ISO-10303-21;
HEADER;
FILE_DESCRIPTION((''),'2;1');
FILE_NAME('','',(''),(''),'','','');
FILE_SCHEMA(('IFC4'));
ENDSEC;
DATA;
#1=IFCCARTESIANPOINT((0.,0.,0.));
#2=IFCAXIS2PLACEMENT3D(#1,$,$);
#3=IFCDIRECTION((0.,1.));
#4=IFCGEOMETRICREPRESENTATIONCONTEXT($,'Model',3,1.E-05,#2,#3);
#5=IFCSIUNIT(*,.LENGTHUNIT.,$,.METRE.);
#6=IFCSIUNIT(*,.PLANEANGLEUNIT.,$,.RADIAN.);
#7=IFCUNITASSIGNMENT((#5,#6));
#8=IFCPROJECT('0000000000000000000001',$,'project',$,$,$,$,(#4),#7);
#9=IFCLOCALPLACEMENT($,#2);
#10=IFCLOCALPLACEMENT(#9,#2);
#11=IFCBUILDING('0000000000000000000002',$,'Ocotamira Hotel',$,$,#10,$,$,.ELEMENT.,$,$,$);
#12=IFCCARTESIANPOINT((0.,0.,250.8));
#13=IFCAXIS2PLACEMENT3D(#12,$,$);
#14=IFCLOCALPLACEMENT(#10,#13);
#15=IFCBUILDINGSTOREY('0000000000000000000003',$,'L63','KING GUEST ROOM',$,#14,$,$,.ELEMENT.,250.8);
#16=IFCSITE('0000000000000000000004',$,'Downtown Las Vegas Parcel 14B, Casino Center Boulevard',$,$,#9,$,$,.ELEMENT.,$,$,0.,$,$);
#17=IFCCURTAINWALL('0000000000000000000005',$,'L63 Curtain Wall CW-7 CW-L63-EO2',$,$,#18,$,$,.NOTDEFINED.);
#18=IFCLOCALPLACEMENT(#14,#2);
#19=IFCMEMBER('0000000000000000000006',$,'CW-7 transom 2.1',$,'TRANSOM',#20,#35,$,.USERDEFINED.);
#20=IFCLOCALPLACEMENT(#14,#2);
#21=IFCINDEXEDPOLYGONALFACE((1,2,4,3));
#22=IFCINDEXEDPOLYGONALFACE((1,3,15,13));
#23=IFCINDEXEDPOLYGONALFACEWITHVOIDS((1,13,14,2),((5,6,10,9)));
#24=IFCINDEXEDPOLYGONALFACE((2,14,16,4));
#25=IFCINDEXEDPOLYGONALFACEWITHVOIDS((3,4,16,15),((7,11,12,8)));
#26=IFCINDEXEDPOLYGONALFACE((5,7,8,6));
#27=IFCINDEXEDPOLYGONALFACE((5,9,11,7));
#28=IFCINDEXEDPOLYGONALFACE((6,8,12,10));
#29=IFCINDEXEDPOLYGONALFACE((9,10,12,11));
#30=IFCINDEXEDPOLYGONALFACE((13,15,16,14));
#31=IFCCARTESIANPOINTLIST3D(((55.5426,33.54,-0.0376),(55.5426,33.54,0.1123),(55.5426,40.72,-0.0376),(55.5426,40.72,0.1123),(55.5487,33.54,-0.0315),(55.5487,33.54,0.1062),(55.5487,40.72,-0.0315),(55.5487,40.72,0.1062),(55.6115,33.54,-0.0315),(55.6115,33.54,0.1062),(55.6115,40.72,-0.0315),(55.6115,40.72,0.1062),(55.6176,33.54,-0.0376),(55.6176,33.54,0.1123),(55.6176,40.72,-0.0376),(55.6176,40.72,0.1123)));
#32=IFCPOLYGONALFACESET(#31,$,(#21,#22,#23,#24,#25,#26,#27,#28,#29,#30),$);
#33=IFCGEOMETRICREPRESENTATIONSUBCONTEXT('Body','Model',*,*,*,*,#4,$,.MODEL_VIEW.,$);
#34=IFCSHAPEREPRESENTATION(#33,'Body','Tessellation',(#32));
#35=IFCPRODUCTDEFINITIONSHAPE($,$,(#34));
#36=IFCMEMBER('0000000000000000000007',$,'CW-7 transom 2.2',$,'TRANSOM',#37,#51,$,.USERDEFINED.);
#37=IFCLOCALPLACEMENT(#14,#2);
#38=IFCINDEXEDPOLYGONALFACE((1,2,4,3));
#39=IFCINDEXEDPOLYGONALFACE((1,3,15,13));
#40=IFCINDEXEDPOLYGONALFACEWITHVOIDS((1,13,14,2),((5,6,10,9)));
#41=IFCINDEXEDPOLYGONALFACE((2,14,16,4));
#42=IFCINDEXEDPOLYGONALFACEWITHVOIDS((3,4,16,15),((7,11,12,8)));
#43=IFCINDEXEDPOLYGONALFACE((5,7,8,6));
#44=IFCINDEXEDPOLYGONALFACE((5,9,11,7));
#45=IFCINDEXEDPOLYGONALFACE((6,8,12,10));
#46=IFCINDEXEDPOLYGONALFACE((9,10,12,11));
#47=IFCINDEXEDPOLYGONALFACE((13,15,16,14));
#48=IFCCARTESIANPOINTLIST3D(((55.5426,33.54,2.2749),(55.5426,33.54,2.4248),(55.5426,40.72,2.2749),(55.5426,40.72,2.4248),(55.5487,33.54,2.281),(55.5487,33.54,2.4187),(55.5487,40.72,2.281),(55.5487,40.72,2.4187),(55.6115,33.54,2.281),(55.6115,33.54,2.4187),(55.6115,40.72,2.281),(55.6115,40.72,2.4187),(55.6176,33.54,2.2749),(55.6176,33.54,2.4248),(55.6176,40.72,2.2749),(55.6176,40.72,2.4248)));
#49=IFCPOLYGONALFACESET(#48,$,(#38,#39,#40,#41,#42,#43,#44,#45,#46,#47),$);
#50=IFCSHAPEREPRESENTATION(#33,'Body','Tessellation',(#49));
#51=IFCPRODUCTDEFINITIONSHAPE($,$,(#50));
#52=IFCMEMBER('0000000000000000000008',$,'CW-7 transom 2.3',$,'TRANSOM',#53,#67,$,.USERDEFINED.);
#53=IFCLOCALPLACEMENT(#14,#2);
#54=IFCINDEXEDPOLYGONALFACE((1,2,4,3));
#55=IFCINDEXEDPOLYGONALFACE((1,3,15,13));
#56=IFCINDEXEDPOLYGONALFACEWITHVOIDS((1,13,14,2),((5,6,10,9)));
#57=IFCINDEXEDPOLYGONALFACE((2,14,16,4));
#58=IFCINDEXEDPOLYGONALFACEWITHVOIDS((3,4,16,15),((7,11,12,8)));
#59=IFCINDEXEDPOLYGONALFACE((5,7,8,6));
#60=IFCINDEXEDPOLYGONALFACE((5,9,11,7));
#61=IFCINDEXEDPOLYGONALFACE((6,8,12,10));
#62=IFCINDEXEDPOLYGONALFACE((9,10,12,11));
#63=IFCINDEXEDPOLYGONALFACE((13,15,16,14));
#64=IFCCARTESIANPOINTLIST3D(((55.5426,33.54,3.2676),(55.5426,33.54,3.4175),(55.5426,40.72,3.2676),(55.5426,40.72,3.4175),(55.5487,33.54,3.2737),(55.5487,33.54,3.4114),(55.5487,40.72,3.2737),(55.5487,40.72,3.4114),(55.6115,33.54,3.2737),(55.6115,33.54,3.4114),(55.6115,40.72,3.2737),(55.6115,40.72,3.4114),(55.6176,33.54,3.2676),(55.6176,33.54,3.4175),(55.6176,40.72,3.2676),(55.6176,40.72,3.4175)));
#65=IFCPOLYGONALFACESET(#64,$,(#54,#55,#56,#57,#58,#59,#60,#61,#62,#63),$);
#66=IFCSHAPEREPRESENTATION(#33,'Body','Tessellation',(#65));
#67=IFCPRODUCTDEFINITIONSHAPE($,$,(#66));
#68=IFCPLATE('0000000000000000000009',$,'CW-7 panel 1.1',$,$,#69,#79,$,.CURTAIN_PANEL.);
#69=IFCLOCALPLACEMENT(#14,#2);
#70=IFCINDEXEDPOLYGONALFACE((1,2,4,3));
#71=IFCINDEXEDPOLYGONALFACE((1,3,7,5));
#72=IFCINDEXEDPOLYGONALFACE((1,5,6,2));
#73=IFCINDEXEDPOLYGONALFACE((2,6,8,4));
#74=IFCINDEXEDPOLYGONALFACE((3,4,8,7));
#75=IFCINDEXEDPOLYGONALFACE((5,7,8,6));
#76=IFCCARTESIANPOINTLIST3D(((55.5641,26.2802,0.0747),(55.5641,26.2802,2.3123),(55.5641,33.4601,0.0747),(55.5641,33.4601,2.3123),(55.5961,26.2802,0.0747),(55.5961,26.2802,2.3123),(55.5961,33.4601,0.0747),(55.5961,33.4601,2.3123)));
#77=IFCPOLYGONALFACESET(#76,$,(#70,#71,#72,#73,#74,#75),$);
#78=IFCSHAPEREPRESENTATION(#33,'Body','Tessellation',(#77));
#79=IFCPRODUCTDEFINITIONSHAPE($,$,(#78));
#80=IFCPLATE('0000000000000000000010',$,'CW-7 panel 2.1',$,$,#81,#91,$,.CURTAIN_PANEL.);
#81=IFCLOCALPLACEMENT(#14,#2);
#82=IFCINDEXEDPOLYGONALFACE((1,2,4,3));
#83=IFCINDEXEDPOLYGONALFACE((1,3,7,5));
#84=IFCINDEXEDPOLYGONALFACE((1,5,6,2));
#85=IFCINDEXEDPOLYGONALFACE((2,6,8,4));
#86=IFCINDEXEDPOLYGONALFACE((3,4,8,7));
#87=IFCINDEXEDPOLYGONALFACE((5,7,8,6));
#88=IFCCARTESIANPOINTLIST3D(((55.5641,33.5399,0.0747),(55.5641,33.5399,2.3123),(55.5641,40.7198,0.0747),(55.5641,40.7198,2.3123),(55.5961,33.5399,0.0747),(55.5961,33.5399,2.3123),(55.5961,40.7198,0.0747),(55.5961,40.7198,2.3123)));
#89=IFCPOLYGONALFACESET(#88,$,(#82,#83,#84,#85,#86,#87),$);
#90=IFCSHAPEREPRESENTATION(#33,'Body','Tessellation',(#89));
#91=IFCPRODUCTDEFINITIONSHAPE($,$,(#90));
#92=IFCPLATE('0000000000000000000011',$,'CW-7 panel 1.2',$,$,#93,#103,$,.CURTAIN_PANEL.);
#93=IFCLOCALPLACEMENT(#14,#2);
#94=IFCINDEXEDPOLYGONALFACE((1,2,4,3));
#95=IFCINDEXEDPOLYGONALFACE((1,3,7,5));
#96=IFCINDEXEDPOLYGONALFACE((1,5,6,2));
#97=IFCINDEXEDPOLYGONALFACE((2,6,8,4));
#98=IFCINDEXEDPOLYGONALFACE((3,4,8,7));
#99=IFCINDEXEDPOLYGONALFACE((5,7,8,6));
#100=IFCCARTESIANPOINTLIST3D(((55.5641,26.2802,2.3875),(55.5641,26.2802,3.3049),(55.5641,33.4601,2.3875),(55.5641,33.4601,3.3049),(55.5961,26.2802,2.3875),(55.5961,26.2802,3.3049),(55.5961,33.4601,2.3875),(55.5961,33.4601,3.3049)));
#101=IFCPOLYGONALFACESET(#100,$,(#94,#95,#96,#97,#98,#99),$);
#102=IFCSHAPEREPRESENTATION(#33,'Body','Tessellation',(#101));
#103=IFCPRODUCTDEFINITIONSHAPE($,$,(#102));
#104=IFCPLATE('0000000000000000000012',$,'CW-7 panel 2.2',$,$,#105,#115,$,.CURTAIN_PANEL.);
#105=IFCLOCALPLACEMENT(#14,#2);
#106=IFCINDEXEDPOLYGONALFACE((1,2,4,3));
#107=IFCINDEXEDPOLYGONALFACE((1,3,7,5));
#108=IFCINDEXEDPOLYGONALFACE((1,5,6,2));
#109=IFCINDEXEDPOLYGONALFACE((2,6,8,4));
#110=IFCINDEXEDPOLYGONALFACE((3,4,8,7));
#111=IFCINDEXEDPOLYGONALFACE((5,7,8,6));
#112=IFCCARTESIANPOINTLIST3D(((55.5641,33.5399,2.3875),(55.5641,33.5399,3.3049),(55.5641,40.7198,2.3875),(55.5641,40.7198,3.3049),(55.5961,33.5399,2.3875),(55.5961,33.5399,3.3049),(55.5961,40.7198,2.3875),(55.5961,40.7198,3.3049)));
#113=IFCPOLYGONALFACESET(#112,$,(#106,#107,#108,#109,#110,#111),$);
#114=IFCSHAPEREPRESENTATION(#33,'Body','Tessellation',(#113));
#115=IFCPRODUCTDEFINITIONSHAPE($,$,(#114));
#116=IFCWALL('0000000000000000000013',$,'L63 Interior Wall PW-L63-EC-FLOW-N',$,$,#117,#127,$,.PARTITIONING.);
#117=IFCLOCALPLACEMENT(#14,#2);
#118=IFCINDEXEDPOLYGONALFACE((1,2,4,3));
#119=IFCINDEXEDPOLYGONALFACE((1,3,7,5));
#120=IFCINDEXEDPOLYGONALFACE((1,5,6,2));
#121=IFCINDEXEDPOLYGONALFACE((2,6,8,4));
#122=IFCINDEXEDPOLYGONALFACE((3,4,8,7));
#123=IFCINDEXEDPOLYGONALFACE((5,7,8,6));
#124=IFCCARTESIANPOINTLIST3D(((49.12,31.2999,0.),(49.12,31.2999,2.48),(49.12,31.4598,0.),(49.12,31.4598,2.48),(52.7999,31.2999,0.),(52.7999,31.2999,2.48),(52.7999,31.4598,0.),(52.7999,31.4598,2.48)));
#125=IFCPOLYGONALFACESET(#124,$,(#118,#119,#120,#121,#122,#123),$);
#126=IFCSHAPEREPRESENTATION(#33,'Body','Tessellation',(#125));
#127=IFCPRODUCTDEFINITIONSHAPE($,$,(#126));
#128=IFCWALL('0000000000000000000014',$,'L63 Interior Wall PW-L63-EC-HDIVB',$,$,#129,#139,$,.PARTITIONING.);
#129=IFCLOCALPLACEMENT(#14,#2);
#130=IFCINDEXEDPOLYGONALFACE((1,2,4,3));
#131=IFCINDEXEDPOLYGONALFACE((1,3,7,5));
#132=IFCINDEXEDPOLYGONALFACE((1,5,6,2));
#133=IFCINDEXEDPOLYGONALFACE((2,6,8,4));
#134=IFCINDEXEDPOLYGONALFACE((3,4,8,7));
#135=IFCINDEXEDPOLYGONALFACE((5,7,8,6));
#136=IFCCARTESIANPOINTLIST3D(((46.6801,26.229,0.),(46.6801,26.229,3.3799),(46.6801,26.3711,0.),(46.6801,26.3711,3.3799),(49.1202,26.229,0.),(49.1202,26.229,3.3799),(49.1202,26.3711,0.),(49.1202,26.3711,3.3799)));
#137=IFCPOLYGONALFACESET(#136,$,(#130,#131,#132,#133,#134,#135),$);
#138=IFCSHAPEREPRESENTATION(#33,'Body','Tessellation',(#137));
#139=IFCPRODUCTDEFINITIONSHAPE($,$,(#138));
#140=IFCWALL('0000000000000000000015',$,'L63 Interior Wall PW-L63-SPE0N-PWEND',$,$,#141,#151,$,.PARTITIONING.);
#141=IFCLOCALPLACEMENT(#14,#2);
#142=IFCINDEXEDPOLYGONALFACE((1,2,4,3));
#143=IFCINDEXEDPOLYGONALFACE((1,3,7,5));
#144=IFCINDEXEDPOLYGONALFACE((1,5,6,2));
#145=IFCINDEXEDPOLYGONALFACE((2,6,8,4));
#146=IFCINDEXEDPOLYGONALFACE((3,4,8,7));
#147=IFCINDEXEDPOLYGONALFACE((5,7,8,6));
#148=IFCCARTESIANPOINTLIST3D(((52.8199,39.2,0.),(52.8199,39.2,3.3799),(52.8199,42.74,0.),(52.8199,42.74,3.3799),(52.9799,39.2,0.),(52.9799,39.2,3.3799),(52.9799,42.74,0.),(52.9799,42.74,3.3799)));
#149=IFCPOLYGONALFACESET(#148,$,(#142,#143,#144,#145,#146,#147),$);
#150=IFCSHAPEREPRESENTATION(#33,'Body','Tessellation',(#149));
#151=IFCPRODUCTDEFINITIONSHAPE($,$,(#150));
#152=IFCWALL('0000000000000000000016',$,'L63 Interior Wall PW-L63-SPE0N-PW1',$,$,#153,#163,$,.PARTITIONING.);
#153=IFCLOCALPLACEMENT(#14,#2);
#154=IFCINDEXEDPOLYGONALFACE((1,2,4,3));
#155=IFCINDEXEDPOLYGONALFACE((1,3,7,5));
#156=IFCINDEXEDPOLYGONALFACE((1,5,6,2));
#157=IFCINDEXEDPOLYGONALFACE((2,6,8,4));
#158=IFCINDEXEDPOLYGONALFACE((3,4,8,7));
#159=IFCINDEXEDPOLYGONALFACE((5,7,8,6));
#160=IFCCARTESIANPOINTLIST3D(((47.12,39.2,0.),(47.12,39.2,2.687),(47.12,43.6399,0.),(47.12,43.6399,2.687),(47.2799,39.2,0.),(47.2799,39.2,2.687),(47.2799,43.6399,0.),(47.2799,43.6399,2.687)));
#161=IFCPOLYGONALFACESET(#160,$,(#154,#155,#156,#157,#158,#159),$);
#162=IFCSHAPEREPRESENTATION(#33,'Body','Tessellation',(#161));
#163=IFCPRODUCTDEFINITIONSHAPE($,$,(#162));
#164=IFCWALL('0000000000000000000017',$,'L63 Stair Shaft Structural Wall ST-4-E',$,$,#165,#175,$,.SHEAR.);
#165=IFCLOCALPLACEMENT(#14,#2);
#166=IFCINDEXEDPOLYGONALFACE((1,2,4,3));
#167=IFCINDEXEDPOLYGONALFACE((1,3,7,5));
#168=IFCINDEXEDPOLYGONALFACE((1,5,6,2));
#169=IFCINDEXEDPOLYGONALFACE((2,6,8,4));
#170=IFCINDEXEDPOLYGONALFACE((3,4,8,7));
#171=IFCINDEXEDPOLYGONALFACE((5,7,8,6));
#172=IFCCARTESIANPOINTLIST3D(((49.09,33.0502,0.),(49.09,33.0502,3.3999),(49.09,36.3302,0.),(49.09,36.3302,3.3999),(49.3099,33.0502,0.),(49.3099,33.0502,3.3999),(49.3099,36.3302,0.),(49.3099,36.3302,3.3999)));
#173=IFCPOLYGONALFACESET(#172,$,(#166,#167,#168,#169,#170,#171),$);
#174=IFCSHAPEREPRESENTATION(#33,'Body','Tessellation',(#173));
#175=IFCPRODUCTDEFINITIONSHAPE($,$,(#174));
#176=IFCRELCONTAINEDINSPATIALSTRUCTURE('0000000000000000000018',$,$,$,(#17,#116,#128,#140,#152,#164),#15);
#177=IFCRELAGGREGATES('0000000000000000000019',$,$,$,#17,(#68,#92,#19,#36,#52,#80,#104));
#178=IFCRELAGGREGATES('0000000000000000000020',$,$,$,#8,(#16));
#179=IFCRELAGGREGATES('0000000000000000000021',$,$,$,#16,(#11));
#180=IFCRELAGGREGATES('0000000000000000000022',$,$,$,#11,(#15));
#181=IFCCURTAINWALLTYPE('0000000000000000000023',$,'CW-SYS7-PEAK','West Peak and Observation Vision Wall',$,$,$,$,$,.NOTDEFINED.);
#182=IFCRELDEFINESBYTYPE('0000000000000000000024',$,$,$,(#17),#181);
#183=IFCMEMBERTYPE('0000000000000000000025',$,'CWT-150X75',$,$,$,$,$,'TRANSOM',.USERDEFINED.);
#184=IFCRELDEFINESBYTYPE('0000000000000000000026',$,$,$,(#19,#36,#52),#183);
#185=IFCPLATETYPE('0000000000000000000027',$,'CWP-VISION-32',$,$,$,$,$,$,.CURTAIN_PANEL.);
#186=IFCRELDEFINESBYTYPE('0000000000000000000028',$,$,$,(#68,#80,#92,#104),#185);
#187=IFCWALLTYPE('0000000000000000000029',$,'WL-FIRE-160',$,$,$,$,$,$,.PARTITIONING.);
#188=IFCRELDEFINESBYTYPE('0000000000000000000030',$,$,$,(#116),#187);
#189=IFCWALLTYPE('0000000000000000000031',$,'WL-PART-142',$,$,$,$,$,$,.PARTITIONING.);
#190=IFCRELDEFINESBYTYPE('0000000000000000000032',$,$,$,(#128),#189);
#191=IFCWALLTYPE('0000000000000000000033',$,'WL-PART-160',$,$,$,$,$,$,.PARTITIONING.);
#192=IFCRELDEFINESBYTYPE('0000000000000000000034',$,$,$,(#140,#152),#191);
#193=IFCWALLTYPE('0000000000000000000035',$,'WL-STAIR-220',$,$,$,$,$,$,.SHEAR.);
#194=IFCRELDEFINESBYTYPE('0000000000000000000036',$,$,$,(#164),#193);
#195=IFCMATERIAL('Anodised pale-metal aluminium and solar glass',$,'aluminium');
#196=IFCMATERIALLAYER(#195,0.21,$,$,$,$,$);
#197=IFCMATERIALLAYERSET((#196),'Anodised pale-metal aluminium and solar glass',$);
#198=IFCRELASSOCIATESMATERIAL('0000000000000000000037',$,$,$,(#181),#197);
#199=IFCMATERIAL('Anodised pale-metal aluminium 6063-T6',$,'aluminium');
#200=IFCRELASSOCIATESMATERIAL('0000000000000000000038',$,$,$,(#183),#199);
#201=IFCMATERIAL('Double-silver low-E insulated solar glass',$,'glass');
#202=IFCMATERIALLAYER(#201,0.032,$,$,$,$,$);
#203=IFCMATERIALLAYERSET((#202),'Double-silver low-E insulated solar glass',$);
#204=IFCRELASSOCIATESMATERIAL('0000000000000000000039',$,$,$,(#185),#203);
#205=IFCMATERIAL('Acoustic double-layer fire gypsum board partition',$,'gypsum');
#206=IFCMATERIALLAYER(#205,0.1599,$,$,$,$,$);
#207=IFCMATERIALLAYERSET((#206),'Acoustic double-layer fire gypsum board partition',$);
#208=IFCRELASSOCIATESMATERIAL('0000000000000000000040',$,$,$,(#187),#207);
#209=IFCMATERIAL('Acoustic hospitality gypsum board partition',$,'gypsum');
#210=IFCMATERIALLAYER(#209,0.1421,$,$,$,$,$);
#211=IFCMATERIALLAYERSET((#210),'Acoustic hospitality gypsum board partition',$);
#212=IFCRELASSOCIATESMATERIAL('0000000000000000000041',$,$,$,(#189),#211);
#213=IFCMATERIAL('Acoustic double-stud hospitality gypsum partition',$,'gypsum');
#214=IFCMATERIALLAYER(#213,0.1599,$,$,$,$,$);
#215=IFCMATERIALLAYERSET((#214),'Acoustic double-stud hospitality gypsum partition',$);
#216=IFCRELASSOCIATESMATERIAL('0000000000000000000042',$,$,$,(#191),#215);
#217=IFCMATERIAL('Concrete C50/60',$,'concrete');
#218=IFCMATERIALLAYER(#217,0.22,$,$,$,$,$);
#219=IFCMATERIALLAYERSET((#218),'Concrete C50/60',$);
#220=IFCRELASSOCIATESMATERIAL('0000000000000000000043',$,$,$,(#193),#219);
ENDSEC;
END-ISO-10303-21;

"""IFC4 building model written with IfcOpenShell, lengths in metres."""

from ifc_helpers import new_model, si_unit, direction, frame, frame_2d, origin, origin_2d, place, context, subcontext, project, spatial, rectangle, hollow_rectangle, extrude, source, transform, mapped, material, layer, layer_set, material_profile, profile_set, type_object, element, aggregate, save


model = new_model("IFC4")

# Units and contexts
model_context = context("Model", 3, precision=1e-05, world=origin(), true_north=direction((0.0, 1.0)))
body_context = subcontext(model_context, "Body", "Model", "MODEL_VIEW")
ifc_project = project(units=[si_unit("LENGTHUNIT", "METRE"), si_unit("PLANEANGLEUNIT", "RADIAN")], contexts=[model_context])

# Site, building, storey
site_placement = place(None, origin())
site = spatial("IfcSite", under=ifc_project, at=site_placement, Name="Downtown Las Vegas Parcel 14B, Casino Center Boulevard", CompositionType="ELEMENT", RefElevation=0.0)
building_placement = place(site_placement, origin())
building = spatial("IfcBuilding", under=site, at=building_placement, Name="Ocotamira Hotel", CompositionType="ELEMENT")
storey_placement = place(building_placement, frame((0.0, 0.0, 250.8)))
storey = spatial("IfcBuildingStorey", under=building, at=storey_placement, Name="L63", Description="KING GUEST ROOM", CompositionType="ELEMENT", Elevation=250.8)

# Curtain wall, members, plates
ifc_material_1 = material(Name="Anodised pale-metal aluminium and solar glass", Category="aluminium")
ifc_layer_1 = layer(ifc_material_1, 0.21)
ifc_layer_set_1 = layer_set([ifc_layer_1], Name="Anodised pale-metal aluminium and solar glass")
curtain_wall_type = type_object("IfcCurtainWallType", Name="CW-SYS7-PEAK", Description="West Peak and Observation Vision Wall", PredefinedType="NOTDEFINED", material=ifc_layer_set_1)
curtain_wall_placement = place(storey_placement, origin())
curtain_wall = element("IfcCurtainWall", 1, at=curtain_wall_placement, inside=storey, type_object=curtain_wall_type, Name="L63 Curtain Wall CW-7 CW-L63-EO2", PredefinedType="NOTDEFINED")
ifc_material_2 = material(Name="Anodised pale-metal aluminium 6063-T6", Category="aluminium")
ifc_material_profile_1 = material_profile(ifc_material_2, hollow_rectangle(XDim=0.075, YDim=0.1499, WallThickness=0.0061, at=origin_2d()), Name="HSS150X75X6")
ifc_profile_set_1 = profile_set([ifc_material_profile_1], Name="Anodised pale-metal aluminium 6063-T6")
member_type_1 = type_object("IfcMemberType", Name="CWT-150X75", ElementType="TRANSOM", PredefinedType="USERDEFINED", material=ifc_profile_set_1)
shared_shape_1 = source(origin(), body_context, "Body", "SweptSolid", [
    extrude(hollow_rectangle(XDim=0.075, YDim=0.1499, WallThickness=0.0061, at=origin_2d()), origin(), (0.0, 0.0, 1.0), 7.1799),
])
member_1_placement = place(storey_placement, frame((55.5801, 33.54, 0.0374), z_axis=(0.0, 1.0, 0.0), x_axis=(-1.0, 0.0, 0.0)))
member_1 = element("IfcMember", 2, at=member_1_placement, type_object=member_type_1, Name="CW-7 transom 2.1", ObjectType="TRANSOM", PredefinedType="USERDEFINED", context=body_context, shape_type="MappedRepresentation", body=[
    mapped(shared_shape_1, transform((0.0, 0.0, 0.0), scale=1.0)),
])
member_2_placement = place(storey_placement, frame((55.5801, 33.54, 2.3499), z_axis=(0.0, 1.0, 0.0), x_axis=(-1.0, 0.0, 0.0)))
member_2 = element("IfcMember", 3, at=member_2_placement, type_object=member_type_1, Name="CW-7 transom 2.2", ObjectType="TRANSOM", PredefinedType="USERDEFINED", context=body_context, shape_type="MappedRepresentation", body=[
    mapped(shared_shape_1, transform((0.0, 0.0, 0.0), scale=1.0)),
])
member_3_placement = place(storey_placement, frame((55.5801, 33.54, 3.3425), z_axis=(0.0, 1.0, 0.0), x_axis=(-1.0, 0.0, 0.0)))
member_3 = element("IfcMember", 4, at=member_3_placement, type_object=member_type_1, Name="CW-7 transom 2.3", ObjectType="TRANSOM", PredefinedType="USERDEFINED", context=body_context, shape_type="MappedRepresentation", body=[
    mapped(shared_shape_1, transform((0.0, 0.0, 0.0), scale=1.0)),
])
ifc_material_3 = material(Name="Double-silver low-E insulated solar glass", Category="glass")
ifc_layer_2 = layer(ifc_material_3, 0.032)
ifc_layer_set_2 = layer_set([ifc_layer_2], Name="Double-silver low-E insulated solar glass")
plate_type = type_object("IfcPlateType", Name="CWP-VISION-32", PredefinedType="CURTAIN_PANEL", material=ifc_layer_set_2)
shared_shape_2 = source(origin(), body_context, "Body", "SweptSolid", [
    extrude(rectangle(XDim=7.1799, YDim=0.032, at=origin_2d()), origin(), (0.0, 0.0, 1.0), 2.2375),
])
plate_1_placement = place(storey_placement, frame((55.5801, 29.8701, 0.0747), z_axis=(0.0, 0.0, 1.0), x_axis=(0.0, 1.0, 0.0)))
plate_1 = element("IfcPlate", 5, at=plate_1_placement, type_object=plate_type, Name="CW-7 panel 1.1", PredefinedType="CURTAIN_PANEL", context=body_context, shape_type="MappedRepresentation", body=[
    mapped(shared_shape_2, transform((0.0, 0.0, 0.0), scale=1.0)),
])
plate_2_placement = place(storey_placement, frame((55.5801, 37.1299, 0.0747), z_axis=(0.0, 0.0, 1.0), x_axis=(0.0, 1.0, 0.0)))
plate_2 = element("IfcPlate", 6, at=plate_2_placement, type_object=plate_type, Name="CW-7 panel 2.1", PredefinedType="CURTAIN_PANEL", context=body_context, shape_type="MappedRepresentation", body=[
    mapped(shared_shape_2, transform((0.0, 0.0, 0.0), scale=1.0)),
])
shared_shape_3 = source(origin(), body_context, "Body", "SweptSolid", [
    extrude(rectangle(XDim=7.1799, YDim=0.032, at=origin_2d()), origin(), (0.0, 0.0, 1.0), 0.9175),
])
plate_3_placement = place(storey_placement, frame((55.5801, 29.8701, 2.3875), z_axis=(0.0, 0.0, 1.0), x_axis=(0.0, 1.0, 0.0)))
plate_3 = element("IfcPlate", 7, at=plate_3_placement, type_object=plate_type, Name="CW-7 panel 1.2", PredefinedType="CURTAIN_PANEL", context=body_context, shape_type="MappedRepresentation", body=[
    mapped(shared_shape_3, transform((0.0, 0.0, 0.0), scale=1.0)),
])
plate_4_placement = place(storey_placement, frame((55.5801, 37.1299, 2.3875), z_axis=(0.0, 0.0, 1.0), x_axis=(0.0, 1.0, 0.0)))
plate_4 = element("IfcPlate", 8, at=plate_4_placement, type_object=plate_type, Name="CW-7 panel 2.2", PredefinedType="CURTAIN_PANEL", context=body_context, shape_type="MappedRepresentation", body=[
    mapped(shared_shape_3, transform((0.0, 0.0, 0.0), scale=1.0)),
])
aggregate(curtain_wall, [plate_1, plate_3, member_1, member_2, member_3, plate_2, plate_4])

# Wall
ifc_material_4 = material(Name="Acoustic double-layer fire gypsum board partition", Category="gypsum")
ifc_layer_3 = layer(ifc_material_4, 0.1599)
ifc_layer_set_3 = layer_set([ifc_layer_3], Name="Acoustic double-layer fire gypsum board partition")
wall_type_1 = type_object("IfcWallType", Name="WL-FIRE-160", PredefinedType="PARTITIONING", material=ifc_layer_set_3)
wall_1_placement = place(storey_placement, frame((49.1201, 31.3799, 0.0), z_axis=(0.0, 0.0, 1.0), x_axis=(1.0, 0.0, 0.0)))
element("IfcWall", 9, at=wall_1_placement, inside=storey, type_object=wall_type_1, Name="L63 Interior Wall PW-L63-EC-FLOW-N", PredefinedType="PARTITIONING", context=body_context, shape_type="SweptSolid", body=[
    extrude(rectangle(XDim=3.6799, YDim=0.1599, at=frame_2d((1.8398, 0.0))), origin(), (0.0, 0.0, 1.0), 2.48),
])

# Wall
ifc_material_5 = material(Name="Acoustic hospitality gypsum board partition", Category="gypsum")
ifc_layer_4 = layer(ifc_material_5, 0.1421)
ifc_layer_set_4 = layer_set([ifc_layer_4], Name="Acoustic hospitality gypsum board partition")
wall_type_2 = type_object("IfcWallType", Name="WL-PART-142", PredefinedType="PARTITIONING", material=ifc_layer_set_4)
wall_2_placement = place(storey_placement, frame((46.6799, 26.3, 0.0), z_axis=(0.0, 0.0, 1.0), x_axis=(1.0, 0.0, 0.0)))
element("IfcWall", 10, at=wall_2_placement, inside=storey, type_object=wall_type_2, Name="L63 Interior Wall PW-L63-EC-HDIVB", PredefinedType="PARTITIONING", context=body_context, shape_type="SweptSolid", body=[
    extrude(rectangle(XDim=2.4402, YDim=0.1421, at=frame_2d((1.2202, 0.0))), origin(), (0.0, 0.0, 1.0), 3.3799),
])

# Walls
ifc_material_6 = material(Name="Acoustic double-stud hospitality gypsum partition", Category="gypsum")
ifc_layer_5 = layer(ifc_material_6, 0.1599)
ifc_layer_set_5 = layer_set([ifc_layer_5], Name="Acoustic double-stud hospitality gypsum partition")
wall_type_3 = type_object("IfcWallType", Name="WL-PART-160", PredefinedType="PARTITIONING", material=ifc_layer_set_5)
wall_3_placement = place(storey_placement, frame((52.8999, 39.2, 0.0), z_axis=(0.0, 0.0, 1.0), x_axis=(0.0, 1.0, 0.0)))
element("IfcWall", 11, at=wall_3_placement, inside=storey, type_object=wall_type_3, Name="L63 Interior Wall PW-L63-SPE0N-PWEND", PredefinedType="PARTITIONING", context=body_context, shape_type="SweptSolid", body=[
    extrude(rectangle(XDim=3.54, YDim=0.1599, at=frame_2d((1.77, 0.0))), origin(), (0.0, 0.0, 1.0), 3.3799),
])
wall_4_placement = place(storey_placement, frame((47.2, 39.2, 0.0), z_axis=(0.0, 0.0, 1.0), x_axis=(0.0, 1.0, 0.0)))
element("IfcWall", 12, at=wall_4_placement, inside=storey, type_object=wall_type_3, Name="L63 Interior Wall PW-L63-SPE0N-PW1", PredefinedType="PARTITIONING", context=body_context, shape_type="SweptSolid", body=[
    extrude(rectangle(XDim=4.4399, YDim=0.1599, at=frame_2d((2.22, 0.0))), origin(), (0.0, 0.0, 1.0), 2.687),
])
ifc_material_7 = material(Name="Concrete C50/60", Category="concrete")
ifc_layer_6 = layer(ifc_material_7, 0.22)
ifc_layer_set_6 = layer_set([ifc_layer_6], Name="Concrete C50/60")
wall_type_4 = type_object("IfcWallType", Name="WL-STAIR-220", PredefinedType="SHEAR", material=ifc_layer_set_6)
wall_5_placement = place(storey_placement, frame((49.2, 33.05, 0.0), z_axis=(0.0, 0.0, 1.0), x_axis=(0.0, 1.0, 0.0)))
element("IfcWall", 13, at=wall_5_placement, inside=storey, type_object=wall_type_4, Name="L63 Stair Shaft Structural Wall ST-4-E", PredefinedType="SHEAR", context=body_context, shape_type="SweptSolid", body=[
    extrude(rectangle(XDim=3.28, YDim=0.22, at=frame_2d((1.6401, 0.0))), origin(), (0.0, 0.0, 1.0), 3.3999),
])

save(model, "model.ifc")
